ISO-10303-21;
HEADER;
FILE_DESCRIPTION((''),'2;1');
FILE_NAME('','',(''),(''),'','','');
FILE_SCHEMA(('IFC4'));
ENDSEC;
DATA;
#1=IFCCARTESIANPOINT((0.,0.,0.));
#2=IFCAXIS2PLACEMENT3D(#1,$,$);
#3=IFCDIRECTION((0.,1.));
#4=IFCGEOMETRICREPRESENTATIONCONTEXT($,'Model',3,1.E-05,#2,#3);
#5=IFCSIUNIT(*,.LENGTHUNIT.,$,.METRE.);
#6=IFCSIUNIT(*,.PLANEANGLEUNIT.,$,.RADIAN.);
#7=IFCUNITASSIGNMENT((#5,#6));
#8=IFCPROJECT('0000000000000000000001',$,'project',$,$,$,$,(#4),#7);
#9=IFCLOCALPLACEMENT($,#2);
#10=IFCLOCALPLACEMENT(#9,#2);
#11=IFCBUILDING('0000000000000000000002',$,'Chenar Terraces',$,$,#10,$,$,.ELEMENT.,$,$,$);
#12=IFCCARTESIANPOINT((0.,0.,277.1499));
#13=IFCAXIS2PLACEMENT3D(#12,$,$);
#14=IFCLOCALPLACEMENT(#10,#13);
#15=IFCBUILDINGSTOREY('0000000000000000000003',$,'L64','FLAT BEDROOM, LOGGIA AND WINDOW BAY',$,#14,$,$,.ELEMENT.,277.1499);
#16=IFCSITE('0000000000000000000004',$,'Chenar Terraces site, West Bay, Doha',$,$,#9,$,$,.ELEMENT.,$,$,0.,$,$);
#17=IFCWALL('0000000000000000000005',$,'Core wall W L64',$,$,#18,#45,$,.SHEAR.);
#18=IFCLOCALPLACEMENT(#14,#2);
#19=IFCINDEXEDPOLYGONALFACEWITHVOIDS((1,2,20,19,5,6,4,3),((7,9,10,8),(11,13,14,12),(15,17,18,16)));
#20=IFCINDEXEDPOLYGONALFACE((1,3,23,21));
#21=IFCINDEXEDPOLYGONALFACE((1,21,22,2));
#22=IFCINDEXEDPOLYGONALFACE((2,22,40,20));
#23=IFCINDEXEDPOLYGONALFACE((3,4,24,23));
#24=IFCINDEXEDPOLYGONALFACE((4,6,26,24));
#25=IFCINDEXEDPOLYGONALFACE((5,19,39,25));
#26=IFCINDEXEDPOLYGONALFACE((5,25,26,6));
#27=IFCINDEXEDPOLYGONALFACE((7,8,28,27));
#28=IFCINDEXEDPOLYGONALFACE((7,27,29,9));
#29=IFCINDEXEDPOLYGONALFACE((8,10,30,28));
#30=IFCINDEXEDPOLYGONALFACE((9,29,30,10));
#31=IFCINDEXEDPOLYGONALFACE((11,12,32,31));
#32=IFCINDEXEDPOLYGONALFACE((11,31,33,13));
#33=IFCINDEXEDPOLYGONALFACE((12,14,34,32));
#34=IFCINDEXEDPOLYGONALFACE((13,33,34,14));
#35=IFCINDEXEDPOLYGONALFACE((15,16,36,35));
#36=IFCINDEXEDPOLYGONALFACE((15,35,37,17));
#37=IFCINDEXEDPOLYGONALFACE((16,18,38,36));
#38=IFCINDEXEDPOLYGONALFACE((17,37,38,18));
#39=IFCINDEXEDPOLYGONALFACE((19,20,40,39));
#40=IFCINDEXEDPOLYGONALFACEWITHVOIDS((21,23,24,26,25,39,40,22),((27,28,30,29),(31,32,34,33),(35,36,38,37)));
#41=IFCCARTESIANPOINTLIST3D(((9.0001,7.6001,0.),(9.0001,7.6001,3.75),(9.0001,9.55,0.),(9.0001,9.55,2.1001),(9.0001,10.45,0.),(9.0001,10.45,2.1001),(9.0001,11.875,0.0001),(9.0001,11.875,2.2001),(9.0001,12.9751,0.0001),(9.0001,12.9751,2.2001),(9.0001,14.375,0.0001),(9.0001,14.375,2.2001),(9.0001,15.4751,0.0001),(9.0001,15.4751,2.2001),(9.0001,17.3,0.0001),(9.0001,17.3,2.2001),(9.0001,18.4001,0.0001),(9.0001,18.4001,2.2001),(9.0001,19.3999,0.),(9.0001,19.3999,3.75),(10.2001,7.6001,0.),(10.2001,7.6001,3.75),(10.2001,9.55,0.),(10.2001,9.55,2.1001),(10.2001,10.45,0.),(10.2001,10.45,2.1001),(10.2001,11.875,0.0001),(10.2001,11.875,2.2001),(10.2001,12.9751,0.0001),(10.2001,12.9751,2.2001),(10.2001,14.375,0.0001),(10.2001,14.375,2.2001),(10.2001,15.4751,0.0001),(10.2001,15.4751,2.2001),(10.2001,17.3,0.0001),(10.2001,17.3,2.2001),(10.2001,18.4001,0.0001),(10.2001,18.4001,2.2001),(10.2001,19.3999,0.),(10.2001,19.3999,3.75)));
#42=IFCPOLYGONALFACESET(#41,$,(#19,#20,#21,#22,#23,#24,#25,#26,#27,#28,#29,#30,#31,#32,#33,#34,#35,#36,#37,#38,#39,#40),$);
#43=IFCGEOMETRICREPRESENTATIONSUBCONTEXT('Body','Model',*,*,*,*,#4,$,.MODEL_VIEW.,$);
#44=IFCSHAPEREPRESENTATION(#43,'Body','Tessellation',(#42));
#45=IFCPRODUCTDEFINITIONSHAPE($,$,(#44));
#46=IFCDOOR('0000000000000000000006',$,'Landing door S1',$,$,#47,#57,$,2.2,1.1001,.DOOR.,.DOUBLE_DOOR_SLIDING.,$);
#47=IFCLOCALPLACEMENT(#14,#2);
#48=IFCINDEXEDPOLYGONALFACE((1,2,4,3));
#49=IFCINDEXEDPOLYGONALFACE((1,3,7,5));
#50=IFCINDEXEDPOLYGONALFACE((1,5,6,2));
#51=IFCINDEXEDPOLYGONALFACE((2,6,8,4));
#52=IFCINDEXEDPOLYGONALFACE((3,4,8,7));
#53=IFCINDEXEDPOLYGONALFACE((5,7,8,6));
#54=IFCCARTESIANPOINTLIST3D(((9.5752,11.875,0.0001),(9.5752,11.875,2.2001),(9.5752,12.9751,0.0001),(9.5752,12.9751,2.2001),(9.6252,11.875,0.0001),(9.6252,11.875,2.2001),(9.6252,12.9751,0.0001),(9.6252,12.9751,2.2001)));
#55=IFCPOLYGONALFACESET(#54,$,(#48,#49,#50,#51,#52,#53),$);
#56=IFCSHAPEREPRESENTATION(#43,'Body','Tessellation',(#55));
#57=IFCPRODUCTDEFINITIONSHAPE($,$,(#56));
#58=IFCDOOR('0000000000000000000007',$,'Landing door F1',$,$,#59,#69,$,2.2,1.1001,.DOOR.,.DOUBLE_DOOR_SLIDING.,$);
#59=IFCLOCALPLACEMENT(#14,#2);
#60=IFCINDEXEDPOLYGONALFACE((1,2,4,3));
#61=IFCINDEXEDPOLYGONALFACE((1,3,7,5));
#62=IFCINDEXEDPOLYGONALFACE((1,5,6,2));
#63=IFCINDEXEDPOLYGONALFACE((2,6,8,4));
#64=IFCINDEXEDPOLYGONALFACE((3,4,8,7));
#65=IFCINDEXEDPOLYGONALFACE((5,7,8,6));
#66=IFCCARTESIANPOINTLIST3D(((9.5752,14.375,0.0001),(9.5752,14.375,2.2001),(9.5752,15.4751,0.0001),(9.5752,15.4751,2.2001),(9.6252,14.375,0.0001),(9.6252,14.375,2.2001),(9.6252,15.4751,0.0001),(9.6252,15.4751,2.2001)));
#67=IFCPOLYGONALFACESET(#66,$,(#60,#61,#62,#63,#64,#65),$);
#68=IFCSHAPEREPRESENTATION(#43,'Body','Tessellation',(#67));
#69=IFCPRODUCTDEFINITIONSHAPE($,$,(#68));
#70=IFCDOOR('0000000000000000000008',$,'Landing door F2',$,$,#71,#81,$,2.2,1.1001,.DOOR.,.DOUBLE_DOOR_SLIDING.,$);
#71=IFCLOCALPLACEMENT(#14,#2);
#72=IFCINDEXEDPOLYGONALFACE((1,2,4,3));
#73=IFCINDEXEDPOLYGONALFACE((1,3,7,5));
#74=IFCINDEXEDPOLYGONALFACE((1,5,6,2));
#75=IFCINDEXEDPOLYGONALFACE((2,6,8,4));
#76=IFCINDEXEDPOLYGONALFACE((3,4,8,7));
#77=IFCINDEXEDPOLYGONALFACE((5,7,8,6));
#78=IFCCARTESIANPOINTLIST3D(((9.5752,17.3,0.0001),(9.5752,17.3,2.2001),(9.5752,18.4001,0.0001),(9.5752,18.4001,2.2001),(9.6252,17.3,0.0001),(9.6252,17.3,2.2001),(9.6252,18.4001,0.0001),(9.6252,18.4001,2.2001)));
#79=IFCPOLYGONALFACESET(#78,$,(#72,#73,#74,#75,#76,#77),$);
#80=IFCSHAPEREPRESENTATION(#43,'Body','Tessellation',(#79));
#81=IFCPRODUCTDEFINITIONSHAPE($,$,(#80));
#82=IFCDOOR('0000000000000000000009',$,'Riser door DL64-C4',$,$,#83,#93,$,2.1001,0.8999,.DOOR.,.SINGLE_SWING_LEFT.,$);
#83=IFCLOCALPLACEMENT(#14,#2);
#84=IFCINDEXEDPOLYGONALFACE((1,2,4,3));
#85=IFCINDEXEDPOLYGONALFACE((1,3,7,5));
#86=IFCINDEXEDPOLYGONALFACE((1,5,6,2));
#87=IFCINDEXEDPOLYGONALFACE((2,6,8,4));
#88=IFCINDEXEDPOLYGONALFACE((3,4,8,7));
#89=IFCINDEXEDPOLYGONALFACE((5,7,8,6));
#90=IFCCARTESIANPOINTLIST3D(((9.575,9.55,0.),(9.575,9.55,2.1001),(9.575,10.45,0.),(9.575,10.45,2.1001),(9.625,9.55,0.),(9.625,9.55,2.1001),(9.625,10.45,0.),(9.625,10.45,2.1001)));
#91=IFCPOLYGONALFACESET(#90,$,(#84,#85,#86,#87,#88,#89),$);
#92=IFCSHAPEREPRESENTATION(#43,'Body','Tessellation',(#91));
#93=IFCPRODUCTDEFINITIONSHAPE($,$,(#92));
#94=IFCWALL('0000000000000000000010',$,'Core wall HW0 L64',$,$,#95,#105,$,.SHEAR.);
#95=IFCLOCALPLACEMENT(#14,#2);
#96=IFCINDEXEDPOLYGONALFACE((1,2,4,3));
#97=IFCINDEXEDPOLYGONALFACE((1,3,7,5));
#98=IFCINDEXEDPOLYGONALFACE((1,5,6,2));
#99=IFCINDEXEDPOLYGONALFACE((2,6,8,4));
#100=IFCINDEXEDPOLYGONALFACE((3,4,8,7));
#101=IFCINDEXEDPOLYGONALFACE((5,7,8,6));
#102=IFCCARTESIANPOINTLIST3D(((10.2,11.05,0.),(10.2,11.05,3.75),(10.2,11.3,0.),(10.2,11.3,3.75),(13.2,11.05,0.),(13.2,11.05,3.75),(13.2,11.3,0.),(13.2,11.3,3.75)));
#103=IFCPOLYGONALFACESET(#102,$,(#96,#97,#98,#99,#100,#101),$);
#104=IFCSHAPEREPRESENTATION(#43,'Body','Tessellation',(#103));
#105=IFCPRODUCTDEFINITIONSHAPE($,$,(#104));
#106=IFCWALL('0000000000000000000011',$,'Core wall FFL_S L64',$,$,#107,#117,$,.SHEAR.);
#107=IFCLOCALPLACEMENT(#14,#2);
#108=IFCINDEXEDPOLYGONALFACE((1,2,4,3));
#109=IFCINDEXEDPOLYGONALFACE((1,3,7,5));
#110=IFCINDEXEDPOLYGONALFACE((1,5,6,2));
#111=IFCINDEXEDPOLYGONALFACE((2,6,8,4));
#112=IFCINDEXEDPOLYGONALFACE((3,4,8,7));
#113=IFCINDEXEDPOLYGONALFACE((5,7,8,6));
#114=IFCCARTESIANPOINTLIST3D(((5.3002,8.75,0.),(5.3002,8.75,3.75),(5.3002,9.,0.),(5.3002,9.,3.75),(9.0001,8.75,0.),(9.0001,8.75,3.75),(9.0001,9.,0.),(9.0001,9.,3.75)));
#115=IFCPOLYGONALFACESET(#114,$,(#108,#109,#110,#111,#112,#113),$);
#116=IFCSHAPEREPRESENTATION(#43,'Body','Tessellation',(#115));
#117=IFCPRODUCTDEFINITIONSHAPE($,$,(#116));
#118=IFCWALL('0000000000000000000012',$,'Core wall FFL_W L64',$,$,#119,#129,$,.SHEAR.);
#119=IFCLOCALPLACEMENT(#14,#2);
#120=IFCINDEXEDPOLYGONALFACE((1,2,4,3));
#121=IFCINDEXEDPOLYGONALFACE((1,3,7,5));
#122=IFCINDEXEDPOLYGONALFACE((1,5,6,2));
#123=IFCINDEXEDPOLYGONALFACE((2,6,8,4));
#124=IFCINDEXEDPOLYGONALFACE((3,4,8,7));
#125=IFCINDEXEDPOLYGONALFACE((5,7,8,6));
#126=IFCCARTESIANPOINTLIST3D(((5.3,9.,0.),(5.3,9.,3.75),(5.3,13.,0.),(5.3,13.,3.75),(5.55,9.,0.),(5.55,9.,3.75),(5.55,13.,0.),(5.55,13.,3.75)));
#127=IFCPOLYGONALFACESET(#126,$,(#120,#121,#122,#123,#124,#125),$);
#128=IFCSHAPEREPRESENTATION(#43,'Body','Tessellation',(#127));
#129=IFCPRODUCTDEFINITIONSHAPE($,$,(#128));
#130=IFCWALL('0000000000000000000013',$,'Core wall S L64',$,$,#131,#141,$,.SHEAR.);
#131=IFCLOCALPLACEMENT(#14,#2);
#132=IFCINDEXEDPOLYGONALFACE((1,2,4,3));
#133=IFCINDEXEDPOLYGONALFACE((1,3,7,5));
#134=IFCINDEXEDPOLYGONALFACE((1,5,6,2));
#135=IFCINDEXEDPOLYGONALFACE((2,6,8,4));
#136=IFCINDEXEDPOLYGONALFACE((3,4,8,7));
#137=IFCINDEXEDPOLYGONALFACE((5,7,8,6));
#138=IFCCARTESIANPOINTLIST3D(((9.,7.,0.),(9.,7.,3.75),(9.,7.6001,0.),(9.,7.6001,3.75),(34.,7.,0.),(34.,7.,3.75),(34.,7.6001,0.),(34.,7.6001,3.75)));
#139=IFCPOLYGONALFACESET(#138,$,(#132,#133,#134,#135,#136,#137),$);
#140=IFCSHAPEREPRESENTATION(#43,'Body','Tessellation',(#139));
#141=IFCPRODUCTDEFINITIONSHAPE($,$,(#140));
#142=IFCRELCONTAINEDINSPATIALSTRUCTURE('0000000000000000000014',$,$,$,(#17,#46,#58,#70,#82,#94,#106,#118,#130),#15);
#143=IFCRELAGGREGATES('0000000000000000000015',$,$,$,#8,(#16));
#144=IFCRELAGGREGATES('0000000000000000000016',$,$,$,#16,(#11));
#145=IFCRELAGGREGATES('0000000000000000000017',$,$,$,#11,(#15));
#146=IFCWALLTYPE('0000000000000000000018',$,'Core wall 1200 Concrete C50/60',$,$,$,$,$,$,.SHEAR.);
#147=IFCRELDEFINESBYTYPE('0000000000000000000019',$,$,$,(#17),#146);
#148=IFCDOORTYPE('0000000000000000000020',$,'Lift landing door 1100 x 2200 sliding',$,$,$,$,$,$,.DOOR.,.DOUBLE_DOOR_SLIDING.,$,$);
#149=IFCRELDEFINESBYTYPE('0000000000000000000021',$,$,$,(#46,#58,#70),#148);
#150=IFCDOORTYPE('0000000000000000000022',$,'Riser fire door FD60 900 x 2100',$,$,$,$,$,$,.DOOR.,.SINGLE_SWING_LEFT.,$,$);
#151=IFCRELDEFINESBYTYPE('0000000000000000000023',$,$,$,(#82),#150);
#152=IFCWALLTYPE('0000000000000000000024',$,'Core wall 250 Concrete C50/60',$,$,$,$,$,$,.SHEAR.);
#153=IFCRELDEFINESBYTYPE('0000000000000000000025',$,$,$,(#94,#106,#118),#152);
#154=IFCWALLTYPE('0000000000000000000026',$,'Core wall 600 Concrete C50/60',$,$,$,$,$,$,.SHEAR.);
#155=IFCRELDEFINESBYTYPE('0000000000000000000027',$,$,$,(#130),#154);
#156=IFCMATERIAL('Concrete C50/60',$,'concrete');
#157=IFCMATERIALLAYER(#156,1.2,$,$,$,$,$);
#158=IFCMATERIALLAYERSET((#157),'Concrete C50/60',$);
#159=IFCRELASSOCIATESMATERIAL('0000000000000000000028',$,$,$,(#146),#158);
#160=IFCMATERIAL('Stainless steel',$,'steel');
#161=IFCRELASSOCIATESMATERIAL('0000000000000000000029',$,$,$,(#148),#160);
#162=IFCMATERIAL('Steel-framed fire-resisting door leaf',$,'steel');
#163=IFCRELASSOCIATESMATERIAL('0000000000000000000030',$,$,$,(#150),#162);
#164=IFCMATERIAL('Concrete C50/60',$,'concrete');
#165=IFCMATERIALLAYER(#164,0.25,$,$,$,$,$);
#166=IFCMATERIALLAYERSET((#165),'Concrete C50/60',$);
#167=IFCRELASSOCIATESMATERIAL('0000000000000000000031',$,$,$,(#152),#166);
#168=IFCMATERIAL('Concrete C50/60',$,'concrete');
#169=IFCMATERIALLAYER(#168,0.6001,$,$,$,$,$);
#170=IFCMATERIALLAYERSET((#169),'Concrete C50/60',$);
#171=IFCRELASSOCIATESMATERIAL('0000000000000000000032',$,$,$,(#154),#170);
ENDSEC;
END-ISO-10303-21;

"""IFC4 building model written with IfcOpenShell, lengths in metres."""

from ifc_helpers import new_model, si_unit, direction, frame, frame_2d, origin, place, context, subcontext, project, spatial, rectangle, extrude, material, layer, layer_set, type_object, element, fill, save


model = new_model("IFC4")

# Units and contexts
model_context = context("Model", 3, precision=1e-05, world=origin(), true_north=direction((0.0, 1.0)))
body_context = subcontext(model_context, "Body", "Model", "MODEL_VIEW")
ifc_project = project(units=[si_unit("LENGTHUNIT", "METRE"), si_unit("PLANEANGLEUNIT", "RADIAN")], contexts=[model_context])

# Site, building, storey
site_placement = place(None, origin())
site = spatial("IfcSite", under=ifc_project, at=site_placement, Name="Chenar Terraces site, West Bay, Doha", CompositionType="ELEMENT", RefElevation=0.0)
building_placement = place(site_placement, origin())
building = spatial("IfcBuilding", under=site, at=building_placement, Name="Chenar Terraces", CompositionType="ELEMENT")
storey_placement = place(building_placement, frame((0.0, 0.0, 277.1499)))
storey = spatial("IfcBuildingStorey", under=building, at=storey_placement, Name="L64", Description="FLAT BEDROOM, LOGGIA AND WINDOW BAY", CompositionType="ELEMENT", Elevation=277.1499)

# Wall, openings, doors
ifc_material_1 = material(Name="Concrete C50/60", Category="concrete")
ifc_layer_1 = layer(ifc_material_1, 1.2)
ifc_layer_set_1 = layer_set([ifc_layer_1], Name="Concrete C50/60")
wall_type_1 = type_object("IfcWallType", Name="Core wall 1200 Concrete C50/60", PredefinedType="SHEAR", material=ifc_layer_set_1)
wall_1_placement = place(storey_placement, frame((9.6001, 7.6001, 0.0), z_axis=(0.0, 0.0, 1.0), x_axis=(0.0, 1.0, 0.0)))
wall_1 = element("IfcWall", 1, at=wall_1_placement, inside=storey, type_object=wall_type_1, Name="Core wall W L64", PredefinedType="SHEAR", context=body_context, shape_type="SweptSolid", body=[
    extrude(rectangle(XDim=11.7998, YDim=1.2, at=frame_2d((5.8999, 0.0))), origin(), (0.0, 0.0, 1.0), 3.75),
])
opening_1_placement = place(wall_1_placement, frame((4.2749, 0.0, 0.0)))
opening_1 = element("IfcOpeningElement", 2, at=opening_1_placement, cuts=wall_1, PredefinedType="OPENING", context=body_context, shape_type="SweptSolid", body=[
    extrude(rectangle(XDim=1.1001, YDim=2.2, at=frame_2d((0.55, 1.1001))), frame((0.0, 0.6099, 0.0), z_axis=(0.0, -1.0, 0.0), x_axis=(1.0, 0.0, 0.0)), (0.0, 0.0, 1.0), 1.22),
])
opening_2_placement = place(wall_1_placement, frame((6.7749, 0.0, 0.0)))
opening_2 = element("IfcOpeningElement", 3, at=opening_2_placement, cuts=wall_1, PredefinedType="OPENING", context=body_context, shape_type="SweptSolid", body=[
    extrude(rectangle(XDim=1.1001, YDim=2.2, at=frame_2d((0.55, 1.1001))), frame((0.0, 0.6099, 0.0), z_axis=(0.0, -1.0, 0.0), x_axis=(1.0, 0.0, 0.0)), (0.0, 0.0, 1.0), 1.22),
])
opening_3_placement = place(wall_1_placement, frame((9.7, 0.0, 0.0)))
opening_3 = element("IfcOpeningElement", 4, at=opening_3_placement, cuts=wall_1, PredefinedType="OPENING", context=body_context, shape_type="SweptSolid", body=[
    extrude(rectangle(XDim=1.1001, YDim=2.2, at=frame_2d((0.55, 1.1001))), frame((0.0, 0.6099, 0.0), z_axis=(0.0, -1.0, 0.0), x_axis=(1.0, 0.0, 0.0)), (0.0, 0.0, 1.0), 1.22),
])
opening_4_placement = place(wall_1_placement, frame((1.95, 0.0, 0.0)))
opening_4 = element("IfcOpeningElement", 5, at=opening_4_placement, cuts=wall_1, PredefinedType="OPENING", context=body_context, shape_type="SweptSolid", body=[
    extrude(rectangle(XDim=0.8999, YDim=2.1001, at=frame_2d((0.45, 1.05))), frame((0.0, 0.6099, 0.0), z_axis=(0.0, -1.0, 0.0), x_axis=(1.0, 0.0, 0.0)), (0.0, 0.0, 1.0), 1.22),
])
ifc_material_2 = material(Name="Stainless steel", Category="steel")
door_type_1 = type_object("IfcDoorType", Name="Lift landing door 1100 x 2200 sliding", OperationType="DOUBLE_DOOR_SLIDING", PredefinedType="DOOR", material=ifc_material_2)
door_1_placement = place(opening_1_placement, origin())
door_1 = element("IfcDoor", 6, at=door_1_placement, inside=storey, type_object=door_type_1, Name="Landing door S1", OperationType="DOUBLE_DOOR_SLIDING", OverallHeight=2.2, OverallWidth=1.1001, PredefinedType="DOOR", context=body_context, shape_type="SweptSolid", body=[
    extrude(rectangle(XDim=1.1001, YDim=2.2, at=frame_2d((0.55, 1.1001))), frame((0.0, 0.0249, 0.0), z_axis=(0.0, -1.0, 0.0), x_axis=(1.0, 0.0, 0.0)), (0.0, 0.0, 1.0), 0.05),
])
fill(opening_1, door_1)
door_2_placement = place(opening_2_placement, origin())
door_2 = element("IfcDoor", 7, at=door_2_placement, inside=storey, type_object=door_type_1, Name="Landing door F1", OperationType="DOUBLE_DOOR_SLIDING", OverallHeight=2.2, OverallWidth=1.1001, PredefinedType="DOOR", context=body_context, shape_type="SweptSolid", body=[
    extrude(rectangle(XDim=1.1001, YDim=2.2, at=frame_2d((0.55, 1.1001))), frame((0.0, 0.0249, 0.0), z_axis=(0.0, -1.0, 0.0), x_axis=(1.0, 0.0, 0.0)), (0.0, 0.0, 1.0), 0.05),
])
fill(opening_2, door_2)
door_3_placement = place(opening_3_placement, origin())
door_3 = element("IfcDoor", 8, at=door_3_placement, inside=storey, type_object=door_type_1, Name="Landing door F2", OperationType="DOUBLE_DOOR_SLIDING", OverallHeight=2.2, OverallWidth=1.1001, PredefinedType="DOOR", context=body_context, shape_type="SweptSolid", body=[
    extrude(rectangle(XDim=1.1001, YDim=2.2, at=frame_2d((0.55, 1.1001))), frame((0.0, 0.0249, 0.0), z_axis=(0.0, -1.0, 0.0), x_axis=(1.0, 0.0, 0.0)), (0.0, 0.0, 1.0), 0.05),
])
fill(opening_3, door_3)
ifc_material_3 = material(Name="Steel-framed fire-resisting door leaf", Category="steel")
door_type_2 = type_object("IfcDoorType", Name="Riser fire door FD60 900 x 2100", OperationType="SINGLE_SWING_LEFT", PredefinedType="DOOR", material=ifc_material_3)
door_4_placement = place(opening_4_placement, frame((0.8999, 0.0, 0.0), z_axis=(0.0, 0.0, 1.0), x_axis=(-1.0, 0.0, 0.0)))
door_4 = element("IfcDoor", 9, at=door_4_placement, inside=storey, type_object=door_type_2, Name="Riser door DL64-C4", OperationType="SINGLE_SWING_LEFT", OverallHeight=2.1001, OverallWidth=0.8999, PredefinedType="DOOR", context=body_context, shape_type="SweptSolid", body=[
    extrude(rectangle(XDim=0.8999, YDim=2.1001, at=frame_2d((0.45, 1.05))), frame((0.0, 0.0249, 0.0), z_axis=(0.0, -1.0, 0.0), x_axis=(1.0, 0.0, 0.0)), (0.0, 0.0, 1.0), 0.05),
])
fill(opening_4, door_4)

# Walls
ifc_material_4 = material(Name="Concrete C50/60", Category="concrete")
ifc_layer_2 = layer(ifc_material_4, 0.25)
ifc_layer_set_2 = layer_set([ifc_layer_2], Name="Concrete C50/60")
wall_type_2 = type_object("IfcWallType", Name="Core wall 250 Concrete C50/60", PredefinedType="SHEAR", material=ifc_layer_set_2)
wall_2_placement = place(storey_placement, frame((10.2, 11.175, 0.0), z_axis=(0.0, 0.0, 1.0), x_axis=(1.0, 0.0, 0.0)))
element("IfcWall", 10, at=wall_2_placement, inside=storey, type_object=wall_type_2, Name="Core wall HW0 L64", PredefinedType="SHEAR", context=body_context, shape_type="SweptSolid", body=[
    extrude(rectangle(XDim=3.0, YDim=0.25, at=frame_2d((1.5, 0.0))), origin(), (0.0, 0.0, 1.0), 3.75),
])
wall_3_placement = place(storey_placement, frame((5.3, 8.875, 0.0), z_axis=(0.0, 0.0, 1.0), x_axis=(1.0, 0.0, 0.0)))
element("IfcWall", 11, at=wall_3_placement, inside=storey, type_object=wall_type_2, Name="Core wall FFL_S L64", PredefinedType="SHEAR", context=body_context, shape_type="SweptSolid", body=[
    extrude(rectangle(XDim=3.7, YDim=0.25, at=frame_2d((1.8501, 0.0))), origin(), (0.0, 0.0, 1.0), 3.75),
])
wall_4_placement = place(storey_placement, frame((5.425, 9.0, 0.0), z_axis=(0.0, 0.0, 1.0), x_axis=(0.0, 1.0, 0.0)))
element("IfcWall", 12, at=wall_4_placement, inside=storey, type_object=wall_type_2, Name="Core wall FFL_W L64", PredefinedType="SHEAR", context=body_context, shape_type="SweptSolid", body=[
    extrude(rectangle(XDim=4.0, YDim=0.25, at=frame_2d((2.0, 0.0))), origin(), (0.0, 0.0, 1.0), 3.75),
])
ifc_material_5 = material(Name="Concrete C50/60", Category="concrete")
ifc_layer_3 = layer(ifc_material_5, 0.6001)
ifc_layer_set_3 = layer_set([ifc_layer_3], Name="Concrete C50/60")
wall_type_3 = type_object("IfcWallType", Name="Core wall 600 Concrete C50/60", PredefinedType="SHEAR", material=ifc_layer_set_3)
wall_5_placement = place(storey_placement, frame((9.0, 7.3, 0.0), z_axis=(0.0, 0.0, 1.0), x_axis=(1.0, 0.0, 0.0)))
element("IfcWall", 13, at=wall_5_placement, inside=storey, type_object=wall_type_3, Name="Core wall S L64", PredefinedType="SHEAR", context=body_context, shape_type="SweptSolid", body=[
    extrude(rectangle(XDim=25.0, YDim=0.6001, at=frame_2d((12.5, 0.0))), origin(), (0.0, 0.0, 1.0), 3.75),
])

save(model, "model.ifc")
